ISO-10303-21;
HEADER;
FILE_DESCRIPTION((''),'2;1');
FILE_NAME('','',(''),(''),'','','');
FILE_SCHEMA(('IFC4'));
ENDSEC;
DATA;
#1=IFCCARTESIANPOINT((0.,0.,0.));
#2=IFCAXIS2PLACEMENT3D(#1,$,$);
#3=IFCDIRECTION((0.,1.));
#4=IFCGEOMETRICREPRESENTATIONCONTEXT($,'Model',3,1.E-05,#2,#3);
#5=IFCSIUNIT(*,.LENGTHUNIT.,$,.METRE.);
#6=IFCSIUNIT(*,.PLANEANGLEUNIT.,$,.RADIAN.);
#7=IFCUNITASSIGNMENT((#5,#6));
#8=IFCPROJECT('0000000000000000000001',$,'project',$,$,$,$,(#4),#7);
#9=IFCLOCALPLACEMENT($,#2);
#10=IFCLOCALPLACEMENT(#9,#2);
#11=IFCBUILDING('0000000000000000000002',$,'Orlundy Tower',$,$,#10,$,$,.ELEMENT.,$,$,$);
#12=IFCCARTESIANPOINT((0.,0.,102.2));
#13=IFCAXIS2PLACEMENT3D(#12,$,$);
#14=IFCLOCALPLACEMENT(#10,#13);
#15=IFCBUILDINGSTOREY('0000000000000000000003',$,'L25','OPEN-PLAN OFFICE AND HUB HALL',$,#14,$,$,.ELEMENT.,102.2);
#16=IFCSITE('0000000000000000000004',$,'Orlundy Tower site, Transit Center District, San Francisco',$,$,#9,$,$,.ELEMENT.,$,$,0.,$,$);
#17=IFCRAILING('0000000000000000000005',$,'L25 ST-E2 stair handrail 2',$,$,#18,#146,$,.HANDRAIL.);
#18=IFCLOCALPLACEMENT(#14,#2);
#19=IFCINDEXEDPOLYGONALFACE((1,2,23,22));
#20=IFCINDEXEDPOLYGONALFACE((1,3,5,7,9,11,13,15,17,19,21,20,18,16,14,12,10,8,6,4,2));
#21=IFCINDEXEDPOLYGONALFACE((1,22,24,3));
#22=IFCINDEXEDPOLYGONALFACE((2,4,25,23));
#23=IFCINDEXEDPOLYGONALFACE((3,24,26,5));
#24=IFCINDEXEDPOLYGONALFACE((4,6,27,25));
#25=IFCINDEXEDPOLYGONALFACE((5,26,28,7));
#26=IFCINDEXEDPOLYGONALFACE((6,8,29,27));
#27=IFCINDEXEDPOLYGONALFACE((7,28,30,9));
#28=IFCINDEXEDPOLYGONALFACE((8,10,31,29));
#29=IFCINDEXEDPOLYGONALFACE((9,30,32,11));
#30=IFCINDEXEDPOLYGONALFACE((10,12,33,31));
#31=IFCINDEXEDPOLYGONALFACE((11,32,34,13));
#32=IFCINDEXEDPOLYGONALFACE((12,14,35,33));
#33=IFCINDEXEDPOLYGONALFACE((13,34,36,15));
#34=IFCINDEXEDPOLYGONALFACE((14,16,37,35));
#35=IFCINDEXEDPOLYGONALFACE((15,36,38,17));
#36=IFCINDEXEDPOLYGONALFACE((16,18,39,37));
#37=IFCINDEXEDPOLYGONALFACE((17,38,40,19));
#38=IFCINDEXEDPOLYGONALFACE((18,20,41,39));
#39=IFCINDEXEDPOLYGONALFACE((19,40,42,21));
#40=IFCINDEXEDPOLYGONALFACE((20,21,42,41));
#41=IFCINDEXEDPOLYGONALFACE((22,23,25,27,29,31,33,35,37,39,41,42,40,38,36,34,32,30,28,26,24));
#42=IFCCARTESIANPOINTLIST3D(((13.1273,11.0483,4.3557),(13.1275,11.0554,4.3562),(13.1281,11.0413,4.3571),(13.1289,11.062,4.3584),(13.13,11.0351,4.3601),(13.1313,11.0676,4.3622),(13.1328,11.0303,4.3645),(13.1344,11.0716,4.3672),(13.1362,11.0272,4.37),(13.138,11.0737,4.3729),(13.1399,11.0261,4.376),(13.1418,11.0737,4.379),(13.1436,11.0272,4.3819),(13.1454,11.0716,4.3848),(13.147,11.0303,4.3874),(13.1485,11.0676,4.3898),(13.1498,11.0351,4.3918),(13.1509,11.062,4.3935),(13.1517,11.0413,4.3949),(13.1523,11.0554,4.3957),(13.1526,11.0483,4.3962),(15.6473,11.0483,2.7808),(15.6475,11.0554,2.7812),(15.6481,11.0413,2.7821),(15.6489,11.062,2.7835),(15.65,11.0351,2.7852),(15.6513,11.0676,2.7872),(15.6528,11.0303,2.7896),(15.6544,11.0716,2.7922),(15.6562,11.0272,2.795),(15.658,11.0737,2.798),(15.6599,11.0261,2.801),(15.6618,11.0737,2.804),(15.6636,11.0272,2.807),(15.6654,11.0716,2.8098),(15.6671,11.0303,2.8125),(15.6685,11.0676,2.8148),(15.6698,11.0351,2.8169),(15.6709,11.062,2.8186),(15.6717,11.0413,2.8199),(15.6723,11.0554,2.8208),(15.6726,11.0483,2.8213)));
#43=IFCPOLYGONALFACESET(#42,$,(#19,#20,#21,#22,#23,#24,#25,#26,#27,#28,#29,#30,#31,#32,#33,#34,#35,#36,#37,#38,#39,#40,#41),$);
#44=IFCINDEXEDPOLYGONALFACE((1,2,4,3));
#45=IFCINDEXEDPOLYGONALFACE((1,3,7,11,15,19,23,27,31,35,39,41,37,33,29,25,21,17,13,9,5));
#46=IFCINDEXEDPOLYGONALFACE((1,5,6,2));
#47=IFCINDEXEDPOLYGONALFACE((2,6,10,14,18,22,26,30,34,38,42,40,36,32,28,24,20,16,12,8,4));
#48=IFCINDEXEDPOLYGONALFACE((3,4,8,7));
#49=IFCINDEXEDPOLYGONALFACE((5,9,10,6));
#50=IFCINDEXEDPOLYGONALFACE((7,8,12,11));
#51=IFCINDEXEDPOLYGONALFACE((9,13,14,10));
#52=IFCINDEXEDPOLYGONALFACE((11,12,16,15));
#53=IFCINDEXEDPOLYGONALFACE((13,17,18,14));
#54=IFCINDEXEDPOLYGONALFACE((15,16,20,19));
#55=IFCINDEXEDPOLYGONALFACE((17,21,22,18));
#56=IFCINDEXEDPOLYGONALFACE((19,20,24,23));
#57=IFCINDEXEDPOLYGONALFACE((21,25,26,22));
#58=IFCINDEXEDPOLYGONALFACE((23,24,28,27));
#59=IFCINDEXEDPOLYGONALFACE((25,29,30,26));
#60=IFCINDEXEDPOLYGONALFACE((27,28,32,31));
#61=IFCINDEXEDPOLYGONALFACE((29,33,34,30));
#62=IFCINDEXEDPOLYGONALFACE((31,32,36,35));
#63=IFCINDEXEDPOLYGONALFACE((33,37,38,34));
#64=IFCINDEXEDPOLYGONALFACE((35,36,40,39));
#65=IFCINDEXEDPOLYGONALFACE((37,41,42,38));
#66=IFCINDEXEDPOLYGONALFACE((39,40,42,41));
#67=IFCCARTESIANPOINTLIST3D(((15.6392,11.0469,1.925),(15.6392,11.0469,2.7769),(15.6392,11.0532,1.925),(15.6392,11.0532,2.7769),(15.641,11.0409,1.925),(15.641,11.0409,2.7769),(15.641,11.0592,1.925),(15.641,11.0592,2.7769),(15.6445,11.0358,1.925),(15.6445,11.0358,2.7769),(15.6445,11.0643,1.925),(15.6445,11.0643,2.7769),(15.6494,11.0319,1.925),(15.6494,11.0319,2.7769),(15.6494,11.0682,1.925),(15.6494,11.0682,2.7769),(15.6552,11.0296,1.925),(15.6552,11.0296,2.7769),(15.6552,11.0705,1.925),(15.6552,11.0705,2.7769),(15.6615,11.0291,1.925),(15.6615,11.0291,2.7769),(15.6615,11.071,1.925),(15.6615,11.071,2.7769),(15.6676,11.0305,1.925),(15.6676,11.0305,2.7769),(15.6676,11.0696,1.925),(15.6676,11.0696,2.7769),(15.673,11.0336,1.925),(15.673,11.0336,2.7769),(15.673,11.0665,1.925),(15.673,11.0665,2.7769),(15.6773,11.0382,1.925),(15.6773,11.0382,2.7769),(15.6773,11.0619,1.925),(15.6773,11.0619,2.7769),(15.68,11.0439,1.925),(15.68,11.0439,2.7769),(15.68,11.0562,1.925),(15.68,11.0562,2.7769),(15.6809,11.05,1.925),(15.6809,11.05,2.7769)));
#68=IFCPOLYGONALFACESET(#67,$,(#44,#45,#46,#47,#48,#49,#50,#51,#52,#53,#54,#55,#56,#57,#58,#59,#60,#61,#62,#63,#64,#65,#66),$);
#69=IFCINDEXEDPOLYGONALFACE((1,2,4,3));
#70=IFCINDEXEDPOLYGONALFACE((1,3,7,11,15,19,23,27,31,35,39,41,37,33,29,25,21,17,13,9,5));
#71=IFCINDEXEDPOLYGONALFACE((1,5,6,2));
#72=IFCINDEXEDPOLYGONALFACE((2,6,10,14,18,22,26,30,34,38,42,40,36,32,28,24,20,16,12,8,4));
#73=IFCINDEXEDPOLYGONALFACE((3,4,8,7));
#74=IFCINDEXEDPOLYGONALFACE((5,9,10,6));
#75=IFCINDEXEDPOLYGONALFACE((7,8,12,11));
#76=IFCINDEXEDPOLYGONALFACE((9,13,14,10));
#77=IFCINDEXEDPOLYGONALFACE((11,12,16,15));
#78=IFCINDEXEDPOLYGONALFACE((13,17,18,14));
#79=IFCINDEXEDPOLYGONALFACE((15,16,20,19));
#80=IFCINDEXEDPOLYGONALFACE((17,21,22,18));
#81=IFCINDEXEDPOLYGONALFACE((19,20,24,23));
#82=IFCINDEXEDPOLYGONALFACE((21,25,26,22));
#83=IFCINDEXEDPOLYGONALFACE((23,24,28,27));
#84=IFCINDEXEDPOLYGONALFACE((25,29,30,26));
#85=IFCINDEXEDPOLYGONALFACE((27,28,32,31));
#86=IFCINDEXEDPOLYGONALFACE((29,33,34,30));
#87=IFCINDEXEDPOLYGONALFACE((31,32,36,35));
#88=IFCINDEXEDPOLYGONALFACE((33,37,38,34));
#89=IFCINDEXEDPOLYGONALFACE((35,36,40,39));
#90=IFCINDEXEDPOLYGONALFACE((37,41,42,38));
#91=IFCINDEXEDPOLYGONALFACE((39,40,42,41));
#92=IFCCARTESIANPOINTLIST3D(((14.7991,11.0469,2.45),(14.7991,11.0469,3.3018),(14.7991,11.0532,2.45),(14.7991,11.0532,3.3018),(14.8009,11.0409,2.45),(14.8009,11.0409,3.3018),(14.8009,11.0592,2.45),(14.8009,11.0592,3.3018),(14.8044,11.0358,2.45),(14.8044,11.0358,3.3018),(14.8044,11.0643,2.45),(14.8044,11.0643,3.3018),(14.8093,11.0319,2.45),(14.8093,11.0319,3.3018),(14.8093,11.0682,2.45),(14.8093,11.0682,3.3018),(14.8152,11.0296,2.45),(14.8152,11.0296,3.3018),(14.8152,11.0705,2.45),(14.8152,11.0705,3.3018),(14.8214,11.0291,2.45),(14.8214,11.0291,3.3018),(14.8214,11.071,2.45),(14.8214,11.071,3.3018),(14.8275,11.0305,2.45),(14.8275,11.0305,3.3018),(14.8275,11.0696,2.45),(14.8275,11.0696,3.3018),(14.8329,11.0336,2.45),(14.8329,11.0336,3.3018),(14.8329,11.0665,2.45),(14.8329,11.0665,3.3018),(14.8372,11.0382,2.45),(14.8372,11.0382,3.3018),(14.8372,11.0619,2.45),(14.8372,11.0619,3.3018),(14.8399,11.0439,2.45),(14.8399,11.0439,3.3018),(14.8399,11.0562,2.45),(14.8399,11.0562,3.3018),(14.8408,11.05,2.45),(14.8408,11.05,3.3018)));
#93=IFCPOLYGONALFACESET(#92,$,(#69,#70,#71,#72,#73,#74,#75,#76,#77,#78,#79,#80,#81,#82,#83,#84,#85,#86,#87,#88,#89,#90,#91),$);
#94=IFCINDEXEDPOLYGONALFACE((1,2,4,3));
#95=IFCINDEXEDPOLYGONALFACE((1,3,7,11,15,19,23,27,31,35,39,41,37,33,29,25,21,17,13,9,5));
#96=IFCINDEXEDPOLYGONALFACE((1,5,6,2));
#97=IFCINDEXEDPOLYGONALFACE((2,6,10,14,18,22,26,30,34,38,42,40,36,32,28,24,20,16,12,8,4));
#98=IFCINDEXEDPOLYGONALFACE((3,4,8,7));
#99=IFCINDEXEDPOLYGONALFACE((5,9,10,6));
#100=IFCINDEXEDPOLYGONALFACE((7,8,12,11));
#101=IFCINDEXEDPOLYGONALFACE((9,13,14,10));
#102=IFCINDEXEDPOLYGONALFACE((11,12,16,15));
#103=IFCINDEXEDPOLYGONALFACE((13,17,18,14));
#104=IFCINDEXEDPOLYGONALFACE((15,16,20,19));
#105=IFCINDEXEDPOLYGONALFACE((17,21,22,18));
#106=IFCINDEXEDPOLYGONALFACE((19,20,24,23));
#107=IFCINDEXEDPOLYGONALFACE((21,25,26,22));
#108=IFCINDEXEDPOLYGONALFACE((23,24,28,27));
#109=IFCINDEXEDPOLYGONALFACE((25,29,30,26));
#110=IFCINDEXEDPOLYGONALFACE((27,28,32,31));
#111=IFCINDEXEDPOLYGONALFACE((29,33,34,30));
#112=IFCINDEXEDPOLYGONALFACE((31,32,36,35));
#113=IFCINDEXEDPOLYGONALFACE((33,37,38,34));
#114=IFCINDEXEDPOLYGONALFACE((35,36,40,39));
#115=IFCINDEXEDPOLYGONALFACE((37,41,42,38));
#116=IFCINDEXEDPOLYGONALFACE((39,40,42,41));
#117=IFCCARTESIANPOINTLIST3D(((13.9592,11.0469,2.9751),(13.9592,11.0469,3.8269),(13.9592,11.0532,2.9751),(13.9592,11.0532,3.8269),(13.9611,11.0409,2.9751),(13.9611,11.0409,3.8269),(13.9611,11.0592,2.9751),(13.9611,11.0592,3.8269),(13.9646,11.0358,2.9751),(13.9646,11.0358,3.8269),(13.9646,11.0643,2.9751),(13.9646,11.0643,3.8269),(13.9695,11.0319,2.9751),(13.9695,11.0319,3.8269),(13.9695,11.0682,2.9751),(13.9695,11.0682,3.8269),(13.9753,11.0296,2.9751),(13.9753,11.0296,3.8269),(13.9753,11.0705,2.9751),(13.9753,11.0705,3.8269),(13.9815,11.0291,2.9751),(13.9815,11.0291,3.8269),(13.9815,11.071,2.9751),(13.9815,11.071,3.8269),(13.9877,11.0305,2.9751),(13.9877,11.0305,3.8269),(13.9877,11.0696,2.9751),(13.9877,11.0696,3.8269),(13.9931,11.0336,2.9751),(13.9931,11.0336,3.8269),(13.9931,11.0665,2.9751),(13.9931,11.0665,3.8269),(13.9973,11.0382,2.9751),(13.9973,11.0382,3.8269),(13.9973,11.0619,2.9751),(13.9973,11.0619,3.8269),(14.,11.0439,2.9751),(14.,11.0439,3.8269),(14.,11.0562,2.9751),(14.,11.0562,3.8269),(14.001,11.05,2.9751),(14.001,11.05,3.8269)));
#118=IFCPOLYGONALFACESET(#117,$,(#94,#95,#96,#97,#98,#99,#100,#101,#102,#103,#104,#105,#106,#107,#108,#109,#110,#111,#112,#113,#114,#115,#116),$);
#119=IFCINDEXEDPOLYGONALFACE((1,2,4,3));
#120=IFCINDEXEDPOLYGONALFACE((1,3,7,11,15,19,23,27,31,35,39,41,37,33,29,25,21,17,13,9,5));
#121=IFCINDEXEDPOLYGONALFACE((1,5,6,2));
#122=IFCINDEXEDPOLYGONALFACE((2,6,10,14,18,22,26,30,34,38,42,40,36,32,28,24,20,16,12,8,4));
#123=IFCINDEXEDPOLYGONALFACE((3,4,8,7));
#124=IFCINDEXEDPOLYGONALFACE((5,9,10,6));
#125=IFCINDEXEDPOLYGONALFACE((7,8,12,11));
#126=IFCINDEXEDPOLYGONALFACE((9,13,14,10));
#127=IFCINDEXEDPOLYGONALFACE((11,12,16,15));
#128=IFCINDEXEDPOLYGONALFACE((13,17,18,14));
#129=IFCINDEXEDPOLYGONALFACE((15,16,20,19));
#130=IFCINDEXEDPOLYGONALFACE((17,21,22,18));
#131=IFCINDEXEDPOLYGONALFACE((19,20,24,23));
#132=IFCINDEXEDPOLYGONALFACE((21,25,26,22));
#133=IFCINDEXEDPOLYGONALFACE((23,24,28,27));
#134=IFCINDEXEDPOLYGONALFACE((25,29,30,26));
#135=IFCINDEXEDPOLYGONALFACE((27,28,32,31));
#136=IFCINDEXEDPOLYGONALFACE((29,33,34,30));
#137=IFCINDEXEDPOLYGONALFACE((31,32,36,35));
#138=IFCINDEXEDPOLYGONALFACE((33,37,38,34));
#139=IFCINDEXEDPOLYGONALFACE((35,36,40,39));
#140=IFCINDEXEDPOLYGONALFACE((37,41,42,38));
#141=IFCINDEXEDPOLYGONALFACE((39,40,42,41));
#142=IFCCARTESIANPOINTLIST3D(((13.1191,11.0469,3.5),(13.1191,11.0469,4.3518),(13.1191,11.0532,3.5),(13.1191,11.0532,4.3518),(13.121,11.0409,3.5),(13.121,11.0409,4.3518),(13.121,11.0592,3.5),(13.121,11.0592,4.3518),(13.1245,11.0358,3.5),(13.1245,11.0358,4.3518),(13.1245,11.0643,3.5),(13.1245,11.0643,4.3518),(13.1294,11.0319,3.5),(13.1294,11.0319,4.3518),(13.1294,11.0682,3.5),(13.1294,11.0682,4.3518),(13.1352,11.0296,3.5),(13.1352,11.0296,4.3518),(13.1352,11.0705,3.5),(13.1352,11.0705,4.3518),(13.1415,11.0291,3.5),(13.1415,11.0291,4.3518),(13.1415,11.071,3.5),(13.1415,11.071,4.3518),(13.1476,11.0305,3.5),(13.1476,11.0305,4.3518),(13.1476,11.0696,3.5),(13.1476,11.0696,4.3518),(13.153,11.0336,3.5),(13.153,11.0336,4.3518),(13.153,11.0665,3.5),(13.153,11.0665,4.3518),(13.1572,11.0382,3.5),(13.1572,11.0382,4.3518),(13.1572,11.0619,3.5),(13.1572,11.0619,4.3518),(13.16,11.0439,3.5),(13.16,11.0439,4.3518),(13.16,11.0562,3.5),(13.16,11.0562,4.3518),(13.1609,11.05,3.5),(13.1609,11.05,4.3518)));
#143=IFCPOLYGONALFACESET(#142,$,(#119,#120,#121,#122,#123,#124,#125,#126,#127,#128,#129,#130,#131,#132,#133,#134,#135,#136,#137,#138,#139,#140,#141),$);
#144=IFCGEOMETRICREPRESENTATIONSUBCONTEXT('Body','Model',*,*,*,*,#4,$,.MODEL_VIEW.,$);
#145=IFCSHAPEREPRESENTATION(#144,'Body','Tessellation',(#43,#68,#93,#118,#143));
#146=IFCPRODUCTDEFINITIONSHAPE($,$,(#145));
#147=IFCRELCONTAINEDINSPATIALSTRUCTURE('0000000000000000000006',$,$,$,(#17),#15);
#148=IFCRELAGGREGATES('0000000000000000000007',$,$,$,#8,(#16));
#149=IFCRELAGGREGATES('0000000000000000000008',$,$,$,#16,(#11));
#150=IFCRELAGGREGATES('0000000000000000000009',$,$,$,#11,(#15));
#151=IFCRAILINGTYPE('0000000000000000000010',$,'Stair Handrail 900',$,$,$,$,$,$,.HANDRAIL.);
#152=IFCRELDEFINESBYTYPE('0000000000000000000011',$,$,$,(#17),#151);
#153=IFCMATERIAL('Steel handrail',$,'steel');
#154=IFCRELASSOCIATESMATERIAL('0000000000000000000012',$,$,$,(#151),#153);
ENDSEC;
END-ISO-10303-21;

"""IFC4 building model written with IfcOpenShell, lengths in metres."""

from ifc_helpers import new_model, si_unit, direction, frame, origin, origin_2d, place, context, subcontext, project, spatial, circle, extrude, material, type_object, element, save


model = new_model("IFC4")

# Units and contexts
model_context = context("Model", 3, precision=1e-05, world=origin(), true_north=direction((0.0, 1.0)))
body_context = subcontext(model_context, "Body", "Model", "MODEL_VIEW")
ifc_project = project(units=[si_unit("LENGTHUNIT", "METRE"), si_unit("PLANEANGLEUNIT", "RADIAN")], contexts=[model_context])

# Site, building, storey
site_placement = place(None, origin())
site = spatial("IfcSite", under=ifc_project, at=site_placement, Name="Orlundy Tower site, Transit Center District, San Francisco", CompositionType="ELEMENT", RefElevation=0.0)
building_placement = place(site_placement, origin())
building = spatial("IfcBuilding", under=site, at=building_placement, Name="Orlundy Tower", CompositionType="ELEMENT")
storey_placement = place(building_placement, frame((0.0, 0.0, 102.2)))
storey = spatial("IfcBuildingStorey", under=building, at=storey_placement, Name="L25", Description="OPEN-PLAN OFFICE AND HUB HALL", CompositionType="ELEMENT", Elevation=102.2)

# Railing
ifc_material_1 = material(Name="Steel handrail", Category="steel")
railing_type_1 = type_object("IfcRailingType", Name="Stair Handrail 900", PredefinedType="HANDRAIL", material=ifc_material_1)
railing_1_placement = place(storey_placement, frame((15.6599, 11.05, 1.925)))
element("IfcRailing", 1, at=railing_1_placement, inside=storey, type_object=railing_type_1, Name="L25 ST-E2 stair handrail 2", PredefinedType="HANDRAIL", context=body_context, shape_type="SweptSolid", body=[
    extrude(circle(Radius=0.0239, at=origin_2d()), frame((0.0, 0.0, 0.876), z_axis=(-0.848008, 0.0, 0.529984), x_axis=(0.0, -1.0, 0.0)), (0.0, 0.0, 1.0), 2.9717),
    extrude(circle(Radius=0.021, at=origin_2d()), origin(), (0.0, 0.0, 1.0), 0.8518),
    extrude(circle(Radius=0.021, at=origin_2d()), frame((-0.8401, 0.0, 0.5249)), (0.0, 0.0, 1.0), 0.8518),
    extrude(circle(Radius=0.021, at=origin_2d()), frame((-1.6799, 0.0, 1.05)), (0.0, 0.0, 1.0), 0.8518),
    extrude(circle(Radius=0.021, at=origin_2d()), frame((-2.52, 0.0, 1.575)), (0.0, 0.0, 1.0), 0.8518),
])

save(model, "model.ifc")
